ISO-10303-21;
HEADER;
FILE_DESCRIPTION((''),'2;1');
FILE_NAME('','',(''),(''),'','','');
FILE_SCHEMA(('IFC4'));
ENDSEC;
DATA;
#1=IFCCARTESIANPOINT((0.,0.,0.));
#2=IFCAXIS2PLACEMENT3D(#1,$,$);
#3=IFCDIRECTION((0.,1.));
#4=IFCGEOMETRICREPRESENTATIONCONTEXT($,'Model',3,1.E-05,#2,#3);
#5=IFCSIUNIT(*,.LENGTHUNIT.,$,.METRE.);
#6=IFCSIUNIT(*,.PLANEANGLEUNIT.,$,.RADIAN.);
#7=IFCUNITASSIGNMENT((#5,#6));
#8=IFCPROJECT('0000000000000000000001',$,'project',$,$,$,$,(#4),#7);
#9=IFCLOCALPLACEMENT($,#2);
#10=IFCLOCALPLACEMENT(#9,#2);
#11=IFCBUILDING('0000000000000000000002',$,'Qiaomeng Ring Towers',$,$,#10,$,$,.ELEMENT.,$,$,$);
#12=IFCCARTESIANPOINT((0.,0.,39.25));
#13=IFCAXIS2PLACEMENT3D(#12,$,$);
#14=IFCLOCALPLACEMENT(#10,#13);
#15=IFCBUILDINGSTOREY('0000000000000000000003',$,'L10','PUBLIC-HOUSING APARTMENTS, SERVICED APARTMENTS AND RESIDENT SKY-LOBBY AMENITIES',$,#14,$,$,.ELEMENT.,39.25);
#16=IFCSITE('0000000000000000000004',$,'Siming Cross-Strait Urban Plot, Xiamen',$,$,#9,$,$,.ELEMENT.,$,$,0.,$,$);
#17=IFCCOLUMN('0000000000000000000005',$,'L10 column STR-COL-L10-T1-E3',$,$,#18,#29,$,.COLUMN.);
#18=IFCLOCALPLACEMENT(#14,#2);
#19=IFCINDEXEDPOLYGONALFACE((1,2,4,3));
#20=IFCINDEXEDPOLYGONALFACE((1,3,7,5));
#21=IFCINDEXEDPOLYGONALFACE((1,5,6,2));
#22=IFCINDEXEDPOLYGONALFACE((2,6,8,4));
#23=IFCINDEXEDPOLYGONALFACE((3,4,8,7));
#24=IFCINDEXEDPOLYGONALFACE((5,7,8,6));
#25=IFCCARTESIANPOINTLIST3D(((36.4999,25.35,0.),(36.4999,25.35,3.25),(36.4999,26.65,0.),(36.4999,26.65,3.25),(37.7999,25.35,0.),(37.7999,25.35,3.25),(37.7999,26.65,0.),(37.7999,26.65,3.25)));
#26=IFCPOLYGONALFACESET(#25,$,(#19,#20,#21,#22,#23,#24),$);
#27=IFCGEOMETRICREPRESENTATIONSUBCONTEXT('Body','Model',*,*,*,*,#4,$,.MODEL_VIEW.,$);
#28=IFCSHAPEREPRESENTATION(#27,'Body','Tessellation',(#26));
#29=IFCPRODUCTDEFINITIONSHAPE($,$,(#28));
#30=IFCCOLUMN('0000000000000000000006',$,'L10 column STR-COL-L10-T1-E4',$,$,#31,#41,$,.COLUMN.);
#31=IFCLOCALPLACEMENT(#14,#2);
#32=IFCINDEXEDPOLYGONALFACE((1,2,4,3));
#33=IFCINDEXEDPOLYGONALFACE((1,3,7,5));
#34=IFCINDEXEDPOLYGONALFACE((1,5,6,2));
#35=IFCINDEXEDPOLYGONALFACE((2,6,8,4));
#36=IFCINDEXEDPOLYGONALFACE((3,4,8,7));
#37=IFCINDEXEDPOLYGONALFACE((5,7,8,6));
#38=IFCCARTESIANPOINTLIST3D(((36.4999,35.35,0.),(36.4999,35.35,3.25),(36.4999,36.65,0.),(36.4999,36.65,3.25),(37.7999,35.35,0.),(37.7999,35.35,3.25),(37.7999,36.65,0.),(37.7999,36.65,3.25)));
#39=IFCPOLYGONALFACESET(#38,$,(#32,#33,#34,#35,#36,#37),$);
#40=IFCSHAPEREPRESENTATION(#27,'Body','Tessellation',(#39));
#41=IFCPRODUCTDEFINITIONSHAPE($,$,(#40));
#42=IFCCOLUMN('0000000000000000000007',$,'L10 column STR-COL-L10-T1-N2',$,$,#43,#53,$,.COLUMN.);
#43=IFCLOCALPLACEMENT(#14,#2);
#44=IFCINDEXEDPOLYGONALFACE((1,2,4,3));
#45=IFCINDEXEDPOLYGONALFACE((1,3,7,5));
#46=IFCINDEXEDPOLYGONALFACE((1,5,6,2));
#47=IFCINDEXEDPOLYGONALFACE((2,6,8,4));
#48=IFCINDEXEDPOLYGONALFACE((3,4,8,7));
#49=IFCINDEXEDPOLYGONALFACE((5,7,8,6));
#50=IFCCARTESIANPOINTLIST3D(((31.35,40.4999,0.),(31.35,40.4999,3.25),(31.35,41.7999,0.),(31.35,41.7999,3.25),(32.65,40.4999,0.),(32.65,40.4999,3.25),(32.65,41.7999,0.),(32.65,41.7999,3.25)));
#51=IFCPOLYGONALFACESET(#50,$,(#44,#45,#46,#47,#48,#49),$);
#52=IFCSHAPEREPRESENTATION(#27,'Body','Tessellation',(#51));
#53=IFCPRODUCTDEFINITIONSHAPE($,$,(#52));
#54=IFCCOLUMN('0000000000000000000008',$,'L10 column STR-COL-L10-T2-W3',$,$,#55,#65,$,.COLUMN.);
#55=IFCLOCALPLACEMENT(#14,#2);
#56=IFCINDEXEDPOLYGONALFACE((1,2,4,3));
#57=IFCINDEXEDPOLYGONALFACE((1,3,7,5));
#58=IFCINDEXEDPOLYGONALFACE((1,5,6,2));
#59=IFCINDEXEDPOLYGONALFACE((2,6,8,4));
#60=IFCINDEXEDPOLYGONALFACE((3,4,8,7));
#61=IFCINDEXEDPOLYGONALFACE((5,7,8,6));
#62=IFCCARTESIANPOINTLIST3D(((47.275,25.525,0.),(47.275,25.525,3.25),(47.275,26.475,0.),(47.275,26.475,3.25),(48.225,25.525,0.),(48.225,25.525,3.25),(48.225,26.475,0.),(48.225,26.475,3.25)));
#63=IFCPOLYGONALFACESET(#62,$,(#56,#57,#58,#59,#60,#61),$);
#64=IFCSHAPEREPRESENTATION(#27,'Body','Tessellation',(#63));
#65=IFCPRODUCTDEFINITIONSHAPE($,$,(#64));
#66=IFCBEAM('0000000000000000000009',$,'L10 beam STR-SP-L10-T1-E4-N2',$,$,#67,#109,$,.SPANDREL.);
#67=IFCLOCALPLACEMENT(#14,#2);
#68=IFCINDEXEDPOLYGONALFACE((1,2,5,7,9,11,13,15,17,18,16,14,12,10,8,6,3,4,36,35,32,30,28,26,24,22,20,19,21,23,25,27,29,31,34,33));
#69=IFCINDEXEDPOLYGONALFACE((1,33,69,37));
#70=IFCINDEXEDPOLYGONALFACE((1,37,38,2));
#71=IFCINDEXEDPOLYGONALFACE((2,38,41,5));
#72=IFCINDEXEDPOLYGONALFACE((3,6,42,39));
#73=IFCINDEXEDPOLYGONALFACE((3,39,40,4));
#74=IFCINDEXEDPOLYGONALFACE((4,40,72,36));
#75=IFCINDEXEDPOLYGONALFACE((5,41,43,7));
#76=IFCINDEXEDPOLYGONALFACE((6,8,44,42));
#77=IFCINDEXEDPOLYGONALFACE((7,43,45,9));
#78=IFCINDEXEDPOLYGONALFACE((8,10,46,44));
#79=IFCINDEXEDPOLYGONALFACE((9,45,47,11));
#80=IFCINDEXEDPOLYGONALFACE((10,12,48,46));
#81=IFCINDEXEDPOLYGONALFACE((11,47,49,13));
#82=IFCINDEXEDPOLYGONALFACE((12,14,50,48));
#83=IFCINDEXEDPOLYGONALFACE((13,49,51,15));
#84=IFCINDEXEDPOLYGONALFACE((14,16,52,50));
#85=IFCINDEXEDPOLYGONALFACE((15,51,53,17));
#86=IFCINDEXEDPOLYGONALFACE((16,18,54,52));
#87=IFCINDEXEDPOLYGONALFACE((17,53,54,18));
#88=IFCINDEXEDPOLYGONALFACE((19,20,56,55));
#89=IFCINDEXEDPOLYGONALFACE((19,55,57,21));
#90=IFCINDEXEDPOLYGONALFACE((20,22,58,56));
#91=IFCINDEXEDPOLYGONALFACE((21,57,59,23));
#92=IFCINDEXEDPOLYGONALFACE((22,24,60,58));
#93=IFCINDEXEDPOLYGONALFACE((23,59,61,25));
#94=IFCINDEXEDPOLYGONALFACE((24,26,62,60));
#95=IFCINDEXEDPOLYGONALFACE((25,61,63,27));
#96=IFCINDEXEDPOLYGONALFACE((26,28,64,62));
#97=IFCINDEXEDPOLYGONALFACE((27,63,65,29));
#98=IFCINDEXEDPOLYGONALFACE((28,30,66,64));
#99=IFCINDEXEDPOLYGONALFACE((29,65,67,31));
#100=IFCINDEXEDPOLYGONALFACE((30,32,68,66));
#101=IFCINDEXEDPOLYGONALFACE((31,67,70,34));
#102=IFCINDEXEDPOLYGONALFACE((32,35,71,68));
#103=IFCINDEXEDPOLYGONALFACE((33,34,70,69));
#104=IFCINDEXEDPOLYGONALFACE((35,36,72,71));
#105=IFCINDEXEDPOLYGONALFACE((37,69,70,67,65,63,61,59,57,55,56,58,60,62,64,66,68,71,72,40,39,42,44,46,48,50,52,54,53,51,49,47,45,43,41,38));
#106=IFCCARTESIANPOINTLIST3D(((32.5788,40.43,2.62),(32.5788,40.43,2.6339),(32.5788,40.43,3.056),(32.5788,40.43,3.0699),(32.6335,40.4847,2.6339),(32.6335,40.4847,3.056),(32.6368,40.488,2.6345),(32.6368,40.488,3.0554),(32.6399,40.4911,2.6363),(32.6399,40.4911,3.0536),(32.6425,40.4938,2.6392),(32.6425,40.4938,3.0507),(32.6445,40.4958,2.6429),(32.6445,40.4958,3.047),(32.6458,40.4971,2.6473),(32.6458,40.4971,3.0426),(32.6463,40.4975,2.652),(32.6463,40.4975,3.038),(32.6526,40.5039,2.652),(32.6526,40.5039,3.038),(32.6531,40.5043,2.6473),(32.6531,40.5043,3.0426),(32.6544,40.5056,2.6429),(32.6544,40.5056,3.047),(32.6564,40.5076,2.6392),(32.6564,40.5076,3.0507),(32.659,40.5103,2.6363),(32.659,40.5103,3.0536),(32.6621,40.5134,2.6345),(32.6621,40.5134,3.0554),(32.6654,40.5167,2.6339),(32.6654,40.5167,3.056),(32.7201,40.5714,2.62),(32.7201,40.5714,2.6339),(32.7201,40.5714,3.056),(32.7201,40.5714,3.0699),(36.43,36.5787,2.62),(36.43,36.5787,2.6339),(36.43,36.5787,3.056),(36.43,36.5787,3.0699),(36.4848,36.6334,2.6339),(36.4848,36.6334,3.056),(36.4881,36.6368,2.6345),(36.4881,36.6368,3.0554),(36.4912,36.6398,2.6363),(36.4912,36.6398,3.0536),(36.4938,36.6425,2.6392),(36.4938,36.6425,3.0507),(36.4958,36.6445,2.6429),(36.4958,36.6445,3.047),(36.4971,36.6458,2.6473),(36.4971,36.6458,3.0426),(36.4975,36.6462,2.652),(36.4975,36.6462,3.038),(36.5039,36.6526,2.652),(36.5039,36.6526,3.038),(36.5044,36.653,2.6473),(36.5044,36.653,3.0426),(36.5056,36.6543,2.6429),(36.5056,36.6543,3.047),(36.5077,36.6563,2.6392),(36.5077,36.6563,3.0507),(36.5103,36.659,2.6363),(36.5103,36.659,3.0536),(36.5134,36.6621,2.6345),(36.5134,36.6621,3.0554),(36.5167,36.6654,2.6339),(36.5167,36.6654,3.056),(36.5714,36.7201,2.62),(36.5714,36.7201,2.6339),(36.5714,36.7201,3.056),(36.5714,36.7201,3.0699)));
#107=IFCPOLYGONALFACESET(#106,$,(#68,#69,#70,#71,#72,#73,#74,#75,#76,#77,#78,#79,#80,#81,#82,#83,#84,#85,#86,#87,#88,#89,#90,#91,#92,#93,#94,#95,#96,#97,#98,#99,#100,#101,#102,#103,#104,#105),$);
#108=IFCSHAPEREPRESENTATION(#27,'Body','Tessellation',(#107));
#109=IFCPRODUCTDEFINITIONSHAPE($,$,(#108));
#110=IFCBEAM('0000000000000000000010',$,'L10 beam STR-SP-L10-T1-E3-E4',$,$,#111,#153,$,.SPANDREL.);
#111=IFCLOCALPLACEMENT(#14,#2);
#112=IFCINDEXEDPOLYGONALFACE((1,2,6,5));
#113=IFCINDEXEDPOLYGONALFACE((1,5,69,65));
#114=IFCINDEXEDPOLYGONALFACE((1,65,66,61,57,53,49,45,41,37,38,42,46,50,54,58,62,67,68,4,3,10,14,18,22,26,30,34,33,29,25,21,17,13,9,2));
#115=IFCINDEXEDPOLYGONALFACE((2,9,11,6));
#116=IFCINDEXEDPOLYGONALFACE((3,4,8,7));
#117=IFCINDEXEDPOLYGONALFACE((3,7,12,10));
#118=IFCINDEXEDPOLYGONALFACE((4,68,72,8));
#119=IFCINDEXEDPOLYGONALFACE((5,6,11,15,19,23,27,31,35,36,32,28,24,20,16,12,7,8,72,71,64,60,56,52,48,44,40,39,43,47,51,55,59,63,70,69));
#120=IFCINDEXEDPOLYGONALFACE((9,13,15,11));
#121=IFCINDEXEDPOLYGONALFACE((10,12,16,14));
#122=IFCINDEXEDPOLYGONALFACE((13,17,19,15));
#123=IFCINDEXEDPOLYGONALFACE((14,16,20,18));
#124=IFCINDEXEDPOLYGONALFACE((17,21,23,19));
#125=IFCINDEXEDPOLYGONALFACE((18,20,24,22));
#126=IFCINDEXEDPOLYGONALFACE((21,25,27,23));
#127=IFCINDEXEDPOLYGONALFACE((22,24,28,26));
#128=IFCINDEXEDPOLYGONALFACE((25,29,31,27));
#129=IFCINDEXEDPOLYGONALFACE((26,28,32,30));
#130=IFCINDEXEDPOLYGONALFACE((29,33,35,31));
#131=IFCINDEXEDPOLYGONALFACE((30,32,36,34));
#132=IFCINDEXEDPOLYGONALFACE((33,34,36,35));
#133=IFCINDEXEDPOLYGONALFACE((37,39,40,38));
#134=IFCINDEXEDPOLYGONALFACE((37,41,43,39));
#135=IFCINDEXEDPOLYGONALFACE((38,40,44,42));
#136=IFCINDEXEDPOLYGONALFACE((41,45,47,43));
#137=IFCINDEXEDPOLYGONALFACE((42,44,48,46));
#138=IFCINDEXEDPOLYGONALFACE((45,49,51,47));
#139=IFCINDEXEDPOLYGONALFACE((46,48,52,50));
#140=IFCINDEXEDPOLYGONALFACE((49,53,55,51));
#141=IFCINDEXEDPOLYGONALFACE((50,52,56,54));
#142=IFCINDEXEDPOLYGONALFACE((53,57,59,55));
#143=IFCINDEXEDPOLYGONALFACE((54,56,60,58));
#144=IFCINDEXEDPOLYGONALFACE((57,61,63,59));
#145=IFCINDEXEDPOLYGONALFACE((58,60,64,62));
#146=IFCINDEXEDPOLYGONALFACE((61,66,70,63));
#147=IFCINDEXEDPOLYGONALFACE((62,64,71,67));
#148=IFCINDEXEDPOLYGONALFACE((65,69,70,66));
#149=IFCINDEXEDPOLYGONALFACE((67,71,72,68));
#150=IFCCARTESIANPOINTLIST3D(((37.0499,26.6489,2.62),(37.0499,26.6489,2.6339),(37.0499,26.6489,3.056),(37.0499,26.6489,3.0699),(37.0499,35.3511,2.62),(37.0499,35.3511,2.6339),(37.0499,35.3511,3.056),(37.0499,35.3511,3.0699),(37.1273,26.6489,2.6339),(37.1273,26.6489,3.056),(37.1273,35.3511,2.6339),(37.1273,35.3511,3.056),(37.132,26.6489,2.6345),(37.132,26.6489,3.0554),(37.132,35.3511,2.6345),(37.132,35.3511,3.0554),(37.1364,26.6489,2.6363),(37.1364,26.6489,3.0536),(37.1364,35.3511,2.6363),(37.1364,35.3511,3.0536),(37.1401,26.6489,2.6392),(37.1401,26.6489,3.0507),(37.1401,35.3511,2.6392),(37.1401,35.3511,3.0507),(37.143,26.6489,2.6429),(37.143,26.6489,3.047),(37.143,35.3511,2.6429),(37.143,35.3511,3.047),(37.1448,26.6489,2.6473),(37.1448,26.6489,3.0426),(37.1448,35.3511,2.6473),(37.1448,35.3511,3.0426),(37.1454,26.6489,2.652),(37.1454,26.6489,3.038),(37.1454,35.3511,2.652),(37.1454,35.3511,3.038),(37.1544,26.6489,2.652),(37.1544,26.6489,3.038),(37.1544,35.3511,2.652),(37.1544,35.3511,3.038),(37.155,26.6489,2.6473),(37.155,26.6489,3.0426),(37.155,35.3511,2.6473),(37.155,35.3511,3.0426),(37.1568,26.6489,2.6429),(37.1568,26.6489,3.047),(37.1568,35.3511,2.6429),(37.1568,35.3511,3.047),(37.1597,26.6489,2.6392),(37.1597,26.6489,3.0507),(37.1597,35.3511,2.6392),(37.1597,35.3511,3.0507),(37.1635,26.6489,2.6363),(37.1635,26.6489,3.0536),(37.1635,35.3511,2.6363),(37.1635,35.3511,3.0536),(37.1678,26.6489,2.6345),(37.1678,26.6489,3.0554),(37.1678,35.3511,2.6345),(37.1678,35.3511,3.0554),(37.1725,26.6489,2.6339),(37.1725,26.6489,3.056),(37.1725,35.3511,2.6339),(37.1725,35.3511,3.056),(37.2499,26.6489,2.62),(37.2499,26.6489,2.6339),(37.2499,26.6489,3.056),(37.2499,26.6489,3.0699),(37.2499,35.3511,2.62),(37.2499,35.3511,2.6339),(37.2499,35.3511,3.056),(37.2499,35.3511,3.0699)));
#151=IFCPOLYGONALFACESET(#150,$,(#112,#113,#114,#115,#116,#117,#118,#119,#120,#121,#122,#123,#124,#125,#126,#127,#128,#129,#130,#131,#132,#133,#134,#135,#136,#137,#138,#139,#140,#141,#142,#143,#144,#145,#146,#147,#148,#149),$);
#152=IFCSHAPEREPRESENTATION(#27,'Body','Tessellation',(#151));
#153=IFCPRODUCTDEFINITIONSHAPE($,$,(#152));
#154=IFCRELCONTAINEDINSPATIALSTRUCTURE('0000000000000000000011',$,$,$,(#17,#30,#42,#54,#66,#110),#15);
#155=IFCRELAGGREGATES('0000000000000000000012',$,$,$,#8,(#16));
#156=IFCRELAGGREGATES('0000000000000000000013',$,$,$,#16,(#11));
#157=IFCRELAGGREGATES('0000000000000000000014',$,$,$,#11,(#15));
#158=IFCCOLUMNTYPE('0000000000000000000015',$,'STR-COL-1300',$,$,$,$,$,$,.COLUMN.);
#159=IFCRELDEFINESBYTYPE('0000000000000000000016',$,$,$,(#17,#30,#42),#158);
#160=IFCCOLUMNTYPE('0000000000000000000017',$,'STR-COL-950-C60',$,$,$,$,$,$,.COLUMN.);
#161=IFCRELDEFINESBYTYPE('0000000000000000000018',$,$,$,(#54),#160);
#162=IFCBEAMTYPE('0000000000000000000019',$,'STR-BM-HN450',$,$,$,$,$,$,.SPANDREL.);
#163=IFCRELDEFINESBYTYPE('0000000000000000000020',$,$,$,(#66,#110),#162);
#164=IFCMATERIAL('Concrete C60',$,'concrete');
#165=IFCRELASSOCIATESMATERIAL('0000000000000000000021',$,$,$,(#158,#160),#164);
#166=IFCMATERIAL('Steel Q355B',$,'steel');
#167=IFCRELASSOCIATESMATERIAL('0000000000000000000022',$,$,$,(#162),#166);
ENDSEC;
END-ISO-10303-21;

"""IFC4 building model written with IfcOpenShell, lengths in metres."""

from ifc_helpers import new_model, si_unit, direction, frame, origin, origin_2d, place, context, subcontext, project, spatial, rectangle, i_section, extrude, source, transform, mapped, material, material_profile, profile_set, type_object, element, save


model = new_model("IFC4")

# Units and contexts
model_context = context("Model", 3, precision=1e-05, world=origin(), true_north=direction((0.0, 1.0)))
body_context = subcontext(model_context, "Body", "Model", "MODEL_VIEW")
ifc_project = project(units=[si_unit("LENGTHUNIT", "METRE"), si_unit("PLANEANGLEUNIT", "RADIAN")], contexts=[model_context])

# Site, building, storey
site_placement = place(None, origin())
site = spatial("IfcSite", under=ifc_project, at=site_placement, Name="Siming Cross-Strait Urban Plot, Xiamen", CompositionType="ELEMENT", RefElevation=0.0)
building_placement = place(site_placement, origin())
building = spatial("IfcBuilding", under=site, at=building_placement, Name="Qiaomeng Ring Towers", CompositionType="ELEMENT")
storey_placement = place(building_placement, frame((0.0, 0.0, 39.25)))
storey = spatial("IfcBuildingStorey", under=building, at=storey_placement, Name="L10", Description="PUBLIC-HOUSING APARTMENTS, SERVICED APARTMENTS AND RESIDENT SKY-LOBBY AMENITIES", CompositionType="ELEMENT", Elevation=39.25)

# Columns
ifc_material_1 = material(Name="Concrete C60", Category="concrete")
ifc_material_profile_1 = material_profile(ifc_material_1, rectangle(XDim=1.3, YDim=1.3, at=origin_2d()), Name="RC COL 1300x1300")
ifc_profile_set_1 = profile_set([ifc_material_profile_1], Name="Concrete C60")
column_type_1 = type_object("IfcColumnType", Name="STR-COL-1300", PredefinedType="COLUMN", material=ifc_profile_set_1)
shared_shape_1 = source(origin(), body_context, "Body", "SweptSolid", [
    extrude(rectangle(XDim=1.3, YDim=1.3, at=origin_2d()), origin(), (0.0, 0.0, 1.0), 3.25),
])
for number, where, z_axis, x_axis, name in (
    (1, (37.1499, 26.0, 0.0), (0.0, 0.0, 1.0), (1.0, 0.0, 0.0), "L10 column STR-COL-L10-T1-E3"),
    (2, (37.1499, 36.0, 0.0), (0.0, 0.0, 1.0), (1.0, 0.0, 0.0), "L10 column STR-COL-L10-T1-E4"),
    (3, (32.0, 41.1499, 0.0), (0.0, 0.0, 1.0), (1.0, 0.0, 0.0), "L10 column STR-COL-L10-T1-N2"),
):
    element("IfcColumn", number, at=place(storey_placement, frame(where, z_axis=z_axis, x_axis=x_axis)), inside=storey, type_object=column_type_1, Name=name, PredefinedType="COLUMN", context=body_context, shape_type="MappedRepresentation", body=[
        mapped(shared_shape_1, transform((0.0, 0.0, 0.0), x_axis=(1.0, 0.0, 0.0), y_axis=(0.0, 1.0, 0.0), z_axis=(0.0, 0.0, 1.0), scale=1.0)),
    ])
ifc_material_profile_2 = material_profile(ifc_material_1, rectangle(XDim=0.95, YDim=0.95, at=origin_2d()), Name="RC COL 950x950")
ifc_profile_set_2 = profile_set([ifc_material_profile_2], Name="Concrete C60")
column_type_2 = type_object("IfcColumnType", Name="STR-COL-950-C60", PredefinedType="COLUMN", material=ifc_profile_set_2)
shared_shape_2 = source(origin(), body_context, "Body", "SweptSolid", [
    extrude(rectangle(XDim=0.95, YDim=0.95, at=origin_2d()), origin(), (0.0, 0.0, 1.0), 3.25),
])
column_placement = place(storey_placement, frame((47.75, 26.0, 0.0), z_axis=(0.0, 0.0, 1.0), x_axis=(1.0, 0.0, 0.0)))
element("IfcColumn", 4, at=column_placement, inside=storey, type_object=column_type_2, Name="L10 column STR-COL-L10-T2-W3", PredefinedType="COLUMN", context=body_context, shape_type="MappedRepresentation", body=[
    mapped(shared_shape_2, transform((0.0, 0.0, 0.0), x_axis=(1.0, 0.0, 0.0), y_axis=(0.0, 1.0, 0.0), z_axis=(0.0, 0.0, 1.0), scale=1.0)),
])

# Beams
ifc_material_2 = material(Name="Steel Q355B", Category="steel")
ifc_material_profile_3 = material_profile(ifc_material_2, i_section(OverallWidth=0.2, OverallDepth=0.45, WebThickness=0.009, FlangeThickness=0.0139, FilletRadius=0.0181, at=origin_2d()), Name="HN 450x200x9x14")
ifc_profile_set_3 = profile_set([ifc_material_profile_3], Name="Steel Q355B")
beam_type_1 = type_object("IfcBeamType", Name="STR-BM-HN450", PredefinedType="SPANDREL", material=ifc_profile_set_3)
shared_shape_3 = source(origin(), body_context, "Body", "SweptSolid", [
    extrude(i_section(OverallWidth=0.2, OverallDepth=0.45, WebThickness=0.009, FlangeThickness=0.0139, FilletRadius=0.0181, at=origin_2d()), origin(), (0.0, 0.0, 1.0), 5.4465),
])
beam_1_placement = place(storey_placement, frame((36.5007, 36.6494, 2.845), z_axis=(-0.707107, 0.707107, 0.0), x_axis=(-0.707107, -0.707107, 0.0)))
element("IfcBeam", 5, at=beam_1_placement, inside=storey, type_object=beam_type_1, Name="L10 beam STR-SP-L10-T1-E4-N2", PredefinedType="SPANDREL", context=body_context, shape_type="MappedRepresentation", body=[
    mapped(shared_shape_3, transform((0.0, 0.0, 0.0), x_axis=(1.0, 0.0, 0.0), y_axis=(0.0, 1.0, 0.0), z_axis=(0.0, 0.0, 1.0), scale=1.0)),
])
shared_shape_4 = source(origin(), body_context, "Body", "SweptSolid", [
    extrude(i_section(OverallWidth=0.2, OverallDepth=0.45, WebThickness=0.009, FlangeThickness=0.0139, FilletRadius=0.0181, at=origin_2d()), origin(), (0.0, 0.0, 1.0), 8.7021),
])
beam_2_placement = place(storey_placement, frame((37.1499, 26.6489, 2.845), z_axis=(0.0, 1.0, 0.0), x_axis=(-1.0, 0.0, 0.0)))
element("IfcBeam", 6, at=beam_2_placement, inside=storey, type_object=beam_type_1, Name="L10 beam STR-SP-L10-T1-E3-E4", PredefinedType="SPANDREL", context=body_context, shape_type="MappedRepresentation", body=[
    mapped(shared_shape_4, transform((0.0, 0.0, 0.0), x_axis=(1.0, 0.0, 0.0), y_axis=(0.0, 1.0, 0.0), z_axis=(0.0, 0.0, 1.0), scale=1.0)),
])

save(model, "model.ifc")
